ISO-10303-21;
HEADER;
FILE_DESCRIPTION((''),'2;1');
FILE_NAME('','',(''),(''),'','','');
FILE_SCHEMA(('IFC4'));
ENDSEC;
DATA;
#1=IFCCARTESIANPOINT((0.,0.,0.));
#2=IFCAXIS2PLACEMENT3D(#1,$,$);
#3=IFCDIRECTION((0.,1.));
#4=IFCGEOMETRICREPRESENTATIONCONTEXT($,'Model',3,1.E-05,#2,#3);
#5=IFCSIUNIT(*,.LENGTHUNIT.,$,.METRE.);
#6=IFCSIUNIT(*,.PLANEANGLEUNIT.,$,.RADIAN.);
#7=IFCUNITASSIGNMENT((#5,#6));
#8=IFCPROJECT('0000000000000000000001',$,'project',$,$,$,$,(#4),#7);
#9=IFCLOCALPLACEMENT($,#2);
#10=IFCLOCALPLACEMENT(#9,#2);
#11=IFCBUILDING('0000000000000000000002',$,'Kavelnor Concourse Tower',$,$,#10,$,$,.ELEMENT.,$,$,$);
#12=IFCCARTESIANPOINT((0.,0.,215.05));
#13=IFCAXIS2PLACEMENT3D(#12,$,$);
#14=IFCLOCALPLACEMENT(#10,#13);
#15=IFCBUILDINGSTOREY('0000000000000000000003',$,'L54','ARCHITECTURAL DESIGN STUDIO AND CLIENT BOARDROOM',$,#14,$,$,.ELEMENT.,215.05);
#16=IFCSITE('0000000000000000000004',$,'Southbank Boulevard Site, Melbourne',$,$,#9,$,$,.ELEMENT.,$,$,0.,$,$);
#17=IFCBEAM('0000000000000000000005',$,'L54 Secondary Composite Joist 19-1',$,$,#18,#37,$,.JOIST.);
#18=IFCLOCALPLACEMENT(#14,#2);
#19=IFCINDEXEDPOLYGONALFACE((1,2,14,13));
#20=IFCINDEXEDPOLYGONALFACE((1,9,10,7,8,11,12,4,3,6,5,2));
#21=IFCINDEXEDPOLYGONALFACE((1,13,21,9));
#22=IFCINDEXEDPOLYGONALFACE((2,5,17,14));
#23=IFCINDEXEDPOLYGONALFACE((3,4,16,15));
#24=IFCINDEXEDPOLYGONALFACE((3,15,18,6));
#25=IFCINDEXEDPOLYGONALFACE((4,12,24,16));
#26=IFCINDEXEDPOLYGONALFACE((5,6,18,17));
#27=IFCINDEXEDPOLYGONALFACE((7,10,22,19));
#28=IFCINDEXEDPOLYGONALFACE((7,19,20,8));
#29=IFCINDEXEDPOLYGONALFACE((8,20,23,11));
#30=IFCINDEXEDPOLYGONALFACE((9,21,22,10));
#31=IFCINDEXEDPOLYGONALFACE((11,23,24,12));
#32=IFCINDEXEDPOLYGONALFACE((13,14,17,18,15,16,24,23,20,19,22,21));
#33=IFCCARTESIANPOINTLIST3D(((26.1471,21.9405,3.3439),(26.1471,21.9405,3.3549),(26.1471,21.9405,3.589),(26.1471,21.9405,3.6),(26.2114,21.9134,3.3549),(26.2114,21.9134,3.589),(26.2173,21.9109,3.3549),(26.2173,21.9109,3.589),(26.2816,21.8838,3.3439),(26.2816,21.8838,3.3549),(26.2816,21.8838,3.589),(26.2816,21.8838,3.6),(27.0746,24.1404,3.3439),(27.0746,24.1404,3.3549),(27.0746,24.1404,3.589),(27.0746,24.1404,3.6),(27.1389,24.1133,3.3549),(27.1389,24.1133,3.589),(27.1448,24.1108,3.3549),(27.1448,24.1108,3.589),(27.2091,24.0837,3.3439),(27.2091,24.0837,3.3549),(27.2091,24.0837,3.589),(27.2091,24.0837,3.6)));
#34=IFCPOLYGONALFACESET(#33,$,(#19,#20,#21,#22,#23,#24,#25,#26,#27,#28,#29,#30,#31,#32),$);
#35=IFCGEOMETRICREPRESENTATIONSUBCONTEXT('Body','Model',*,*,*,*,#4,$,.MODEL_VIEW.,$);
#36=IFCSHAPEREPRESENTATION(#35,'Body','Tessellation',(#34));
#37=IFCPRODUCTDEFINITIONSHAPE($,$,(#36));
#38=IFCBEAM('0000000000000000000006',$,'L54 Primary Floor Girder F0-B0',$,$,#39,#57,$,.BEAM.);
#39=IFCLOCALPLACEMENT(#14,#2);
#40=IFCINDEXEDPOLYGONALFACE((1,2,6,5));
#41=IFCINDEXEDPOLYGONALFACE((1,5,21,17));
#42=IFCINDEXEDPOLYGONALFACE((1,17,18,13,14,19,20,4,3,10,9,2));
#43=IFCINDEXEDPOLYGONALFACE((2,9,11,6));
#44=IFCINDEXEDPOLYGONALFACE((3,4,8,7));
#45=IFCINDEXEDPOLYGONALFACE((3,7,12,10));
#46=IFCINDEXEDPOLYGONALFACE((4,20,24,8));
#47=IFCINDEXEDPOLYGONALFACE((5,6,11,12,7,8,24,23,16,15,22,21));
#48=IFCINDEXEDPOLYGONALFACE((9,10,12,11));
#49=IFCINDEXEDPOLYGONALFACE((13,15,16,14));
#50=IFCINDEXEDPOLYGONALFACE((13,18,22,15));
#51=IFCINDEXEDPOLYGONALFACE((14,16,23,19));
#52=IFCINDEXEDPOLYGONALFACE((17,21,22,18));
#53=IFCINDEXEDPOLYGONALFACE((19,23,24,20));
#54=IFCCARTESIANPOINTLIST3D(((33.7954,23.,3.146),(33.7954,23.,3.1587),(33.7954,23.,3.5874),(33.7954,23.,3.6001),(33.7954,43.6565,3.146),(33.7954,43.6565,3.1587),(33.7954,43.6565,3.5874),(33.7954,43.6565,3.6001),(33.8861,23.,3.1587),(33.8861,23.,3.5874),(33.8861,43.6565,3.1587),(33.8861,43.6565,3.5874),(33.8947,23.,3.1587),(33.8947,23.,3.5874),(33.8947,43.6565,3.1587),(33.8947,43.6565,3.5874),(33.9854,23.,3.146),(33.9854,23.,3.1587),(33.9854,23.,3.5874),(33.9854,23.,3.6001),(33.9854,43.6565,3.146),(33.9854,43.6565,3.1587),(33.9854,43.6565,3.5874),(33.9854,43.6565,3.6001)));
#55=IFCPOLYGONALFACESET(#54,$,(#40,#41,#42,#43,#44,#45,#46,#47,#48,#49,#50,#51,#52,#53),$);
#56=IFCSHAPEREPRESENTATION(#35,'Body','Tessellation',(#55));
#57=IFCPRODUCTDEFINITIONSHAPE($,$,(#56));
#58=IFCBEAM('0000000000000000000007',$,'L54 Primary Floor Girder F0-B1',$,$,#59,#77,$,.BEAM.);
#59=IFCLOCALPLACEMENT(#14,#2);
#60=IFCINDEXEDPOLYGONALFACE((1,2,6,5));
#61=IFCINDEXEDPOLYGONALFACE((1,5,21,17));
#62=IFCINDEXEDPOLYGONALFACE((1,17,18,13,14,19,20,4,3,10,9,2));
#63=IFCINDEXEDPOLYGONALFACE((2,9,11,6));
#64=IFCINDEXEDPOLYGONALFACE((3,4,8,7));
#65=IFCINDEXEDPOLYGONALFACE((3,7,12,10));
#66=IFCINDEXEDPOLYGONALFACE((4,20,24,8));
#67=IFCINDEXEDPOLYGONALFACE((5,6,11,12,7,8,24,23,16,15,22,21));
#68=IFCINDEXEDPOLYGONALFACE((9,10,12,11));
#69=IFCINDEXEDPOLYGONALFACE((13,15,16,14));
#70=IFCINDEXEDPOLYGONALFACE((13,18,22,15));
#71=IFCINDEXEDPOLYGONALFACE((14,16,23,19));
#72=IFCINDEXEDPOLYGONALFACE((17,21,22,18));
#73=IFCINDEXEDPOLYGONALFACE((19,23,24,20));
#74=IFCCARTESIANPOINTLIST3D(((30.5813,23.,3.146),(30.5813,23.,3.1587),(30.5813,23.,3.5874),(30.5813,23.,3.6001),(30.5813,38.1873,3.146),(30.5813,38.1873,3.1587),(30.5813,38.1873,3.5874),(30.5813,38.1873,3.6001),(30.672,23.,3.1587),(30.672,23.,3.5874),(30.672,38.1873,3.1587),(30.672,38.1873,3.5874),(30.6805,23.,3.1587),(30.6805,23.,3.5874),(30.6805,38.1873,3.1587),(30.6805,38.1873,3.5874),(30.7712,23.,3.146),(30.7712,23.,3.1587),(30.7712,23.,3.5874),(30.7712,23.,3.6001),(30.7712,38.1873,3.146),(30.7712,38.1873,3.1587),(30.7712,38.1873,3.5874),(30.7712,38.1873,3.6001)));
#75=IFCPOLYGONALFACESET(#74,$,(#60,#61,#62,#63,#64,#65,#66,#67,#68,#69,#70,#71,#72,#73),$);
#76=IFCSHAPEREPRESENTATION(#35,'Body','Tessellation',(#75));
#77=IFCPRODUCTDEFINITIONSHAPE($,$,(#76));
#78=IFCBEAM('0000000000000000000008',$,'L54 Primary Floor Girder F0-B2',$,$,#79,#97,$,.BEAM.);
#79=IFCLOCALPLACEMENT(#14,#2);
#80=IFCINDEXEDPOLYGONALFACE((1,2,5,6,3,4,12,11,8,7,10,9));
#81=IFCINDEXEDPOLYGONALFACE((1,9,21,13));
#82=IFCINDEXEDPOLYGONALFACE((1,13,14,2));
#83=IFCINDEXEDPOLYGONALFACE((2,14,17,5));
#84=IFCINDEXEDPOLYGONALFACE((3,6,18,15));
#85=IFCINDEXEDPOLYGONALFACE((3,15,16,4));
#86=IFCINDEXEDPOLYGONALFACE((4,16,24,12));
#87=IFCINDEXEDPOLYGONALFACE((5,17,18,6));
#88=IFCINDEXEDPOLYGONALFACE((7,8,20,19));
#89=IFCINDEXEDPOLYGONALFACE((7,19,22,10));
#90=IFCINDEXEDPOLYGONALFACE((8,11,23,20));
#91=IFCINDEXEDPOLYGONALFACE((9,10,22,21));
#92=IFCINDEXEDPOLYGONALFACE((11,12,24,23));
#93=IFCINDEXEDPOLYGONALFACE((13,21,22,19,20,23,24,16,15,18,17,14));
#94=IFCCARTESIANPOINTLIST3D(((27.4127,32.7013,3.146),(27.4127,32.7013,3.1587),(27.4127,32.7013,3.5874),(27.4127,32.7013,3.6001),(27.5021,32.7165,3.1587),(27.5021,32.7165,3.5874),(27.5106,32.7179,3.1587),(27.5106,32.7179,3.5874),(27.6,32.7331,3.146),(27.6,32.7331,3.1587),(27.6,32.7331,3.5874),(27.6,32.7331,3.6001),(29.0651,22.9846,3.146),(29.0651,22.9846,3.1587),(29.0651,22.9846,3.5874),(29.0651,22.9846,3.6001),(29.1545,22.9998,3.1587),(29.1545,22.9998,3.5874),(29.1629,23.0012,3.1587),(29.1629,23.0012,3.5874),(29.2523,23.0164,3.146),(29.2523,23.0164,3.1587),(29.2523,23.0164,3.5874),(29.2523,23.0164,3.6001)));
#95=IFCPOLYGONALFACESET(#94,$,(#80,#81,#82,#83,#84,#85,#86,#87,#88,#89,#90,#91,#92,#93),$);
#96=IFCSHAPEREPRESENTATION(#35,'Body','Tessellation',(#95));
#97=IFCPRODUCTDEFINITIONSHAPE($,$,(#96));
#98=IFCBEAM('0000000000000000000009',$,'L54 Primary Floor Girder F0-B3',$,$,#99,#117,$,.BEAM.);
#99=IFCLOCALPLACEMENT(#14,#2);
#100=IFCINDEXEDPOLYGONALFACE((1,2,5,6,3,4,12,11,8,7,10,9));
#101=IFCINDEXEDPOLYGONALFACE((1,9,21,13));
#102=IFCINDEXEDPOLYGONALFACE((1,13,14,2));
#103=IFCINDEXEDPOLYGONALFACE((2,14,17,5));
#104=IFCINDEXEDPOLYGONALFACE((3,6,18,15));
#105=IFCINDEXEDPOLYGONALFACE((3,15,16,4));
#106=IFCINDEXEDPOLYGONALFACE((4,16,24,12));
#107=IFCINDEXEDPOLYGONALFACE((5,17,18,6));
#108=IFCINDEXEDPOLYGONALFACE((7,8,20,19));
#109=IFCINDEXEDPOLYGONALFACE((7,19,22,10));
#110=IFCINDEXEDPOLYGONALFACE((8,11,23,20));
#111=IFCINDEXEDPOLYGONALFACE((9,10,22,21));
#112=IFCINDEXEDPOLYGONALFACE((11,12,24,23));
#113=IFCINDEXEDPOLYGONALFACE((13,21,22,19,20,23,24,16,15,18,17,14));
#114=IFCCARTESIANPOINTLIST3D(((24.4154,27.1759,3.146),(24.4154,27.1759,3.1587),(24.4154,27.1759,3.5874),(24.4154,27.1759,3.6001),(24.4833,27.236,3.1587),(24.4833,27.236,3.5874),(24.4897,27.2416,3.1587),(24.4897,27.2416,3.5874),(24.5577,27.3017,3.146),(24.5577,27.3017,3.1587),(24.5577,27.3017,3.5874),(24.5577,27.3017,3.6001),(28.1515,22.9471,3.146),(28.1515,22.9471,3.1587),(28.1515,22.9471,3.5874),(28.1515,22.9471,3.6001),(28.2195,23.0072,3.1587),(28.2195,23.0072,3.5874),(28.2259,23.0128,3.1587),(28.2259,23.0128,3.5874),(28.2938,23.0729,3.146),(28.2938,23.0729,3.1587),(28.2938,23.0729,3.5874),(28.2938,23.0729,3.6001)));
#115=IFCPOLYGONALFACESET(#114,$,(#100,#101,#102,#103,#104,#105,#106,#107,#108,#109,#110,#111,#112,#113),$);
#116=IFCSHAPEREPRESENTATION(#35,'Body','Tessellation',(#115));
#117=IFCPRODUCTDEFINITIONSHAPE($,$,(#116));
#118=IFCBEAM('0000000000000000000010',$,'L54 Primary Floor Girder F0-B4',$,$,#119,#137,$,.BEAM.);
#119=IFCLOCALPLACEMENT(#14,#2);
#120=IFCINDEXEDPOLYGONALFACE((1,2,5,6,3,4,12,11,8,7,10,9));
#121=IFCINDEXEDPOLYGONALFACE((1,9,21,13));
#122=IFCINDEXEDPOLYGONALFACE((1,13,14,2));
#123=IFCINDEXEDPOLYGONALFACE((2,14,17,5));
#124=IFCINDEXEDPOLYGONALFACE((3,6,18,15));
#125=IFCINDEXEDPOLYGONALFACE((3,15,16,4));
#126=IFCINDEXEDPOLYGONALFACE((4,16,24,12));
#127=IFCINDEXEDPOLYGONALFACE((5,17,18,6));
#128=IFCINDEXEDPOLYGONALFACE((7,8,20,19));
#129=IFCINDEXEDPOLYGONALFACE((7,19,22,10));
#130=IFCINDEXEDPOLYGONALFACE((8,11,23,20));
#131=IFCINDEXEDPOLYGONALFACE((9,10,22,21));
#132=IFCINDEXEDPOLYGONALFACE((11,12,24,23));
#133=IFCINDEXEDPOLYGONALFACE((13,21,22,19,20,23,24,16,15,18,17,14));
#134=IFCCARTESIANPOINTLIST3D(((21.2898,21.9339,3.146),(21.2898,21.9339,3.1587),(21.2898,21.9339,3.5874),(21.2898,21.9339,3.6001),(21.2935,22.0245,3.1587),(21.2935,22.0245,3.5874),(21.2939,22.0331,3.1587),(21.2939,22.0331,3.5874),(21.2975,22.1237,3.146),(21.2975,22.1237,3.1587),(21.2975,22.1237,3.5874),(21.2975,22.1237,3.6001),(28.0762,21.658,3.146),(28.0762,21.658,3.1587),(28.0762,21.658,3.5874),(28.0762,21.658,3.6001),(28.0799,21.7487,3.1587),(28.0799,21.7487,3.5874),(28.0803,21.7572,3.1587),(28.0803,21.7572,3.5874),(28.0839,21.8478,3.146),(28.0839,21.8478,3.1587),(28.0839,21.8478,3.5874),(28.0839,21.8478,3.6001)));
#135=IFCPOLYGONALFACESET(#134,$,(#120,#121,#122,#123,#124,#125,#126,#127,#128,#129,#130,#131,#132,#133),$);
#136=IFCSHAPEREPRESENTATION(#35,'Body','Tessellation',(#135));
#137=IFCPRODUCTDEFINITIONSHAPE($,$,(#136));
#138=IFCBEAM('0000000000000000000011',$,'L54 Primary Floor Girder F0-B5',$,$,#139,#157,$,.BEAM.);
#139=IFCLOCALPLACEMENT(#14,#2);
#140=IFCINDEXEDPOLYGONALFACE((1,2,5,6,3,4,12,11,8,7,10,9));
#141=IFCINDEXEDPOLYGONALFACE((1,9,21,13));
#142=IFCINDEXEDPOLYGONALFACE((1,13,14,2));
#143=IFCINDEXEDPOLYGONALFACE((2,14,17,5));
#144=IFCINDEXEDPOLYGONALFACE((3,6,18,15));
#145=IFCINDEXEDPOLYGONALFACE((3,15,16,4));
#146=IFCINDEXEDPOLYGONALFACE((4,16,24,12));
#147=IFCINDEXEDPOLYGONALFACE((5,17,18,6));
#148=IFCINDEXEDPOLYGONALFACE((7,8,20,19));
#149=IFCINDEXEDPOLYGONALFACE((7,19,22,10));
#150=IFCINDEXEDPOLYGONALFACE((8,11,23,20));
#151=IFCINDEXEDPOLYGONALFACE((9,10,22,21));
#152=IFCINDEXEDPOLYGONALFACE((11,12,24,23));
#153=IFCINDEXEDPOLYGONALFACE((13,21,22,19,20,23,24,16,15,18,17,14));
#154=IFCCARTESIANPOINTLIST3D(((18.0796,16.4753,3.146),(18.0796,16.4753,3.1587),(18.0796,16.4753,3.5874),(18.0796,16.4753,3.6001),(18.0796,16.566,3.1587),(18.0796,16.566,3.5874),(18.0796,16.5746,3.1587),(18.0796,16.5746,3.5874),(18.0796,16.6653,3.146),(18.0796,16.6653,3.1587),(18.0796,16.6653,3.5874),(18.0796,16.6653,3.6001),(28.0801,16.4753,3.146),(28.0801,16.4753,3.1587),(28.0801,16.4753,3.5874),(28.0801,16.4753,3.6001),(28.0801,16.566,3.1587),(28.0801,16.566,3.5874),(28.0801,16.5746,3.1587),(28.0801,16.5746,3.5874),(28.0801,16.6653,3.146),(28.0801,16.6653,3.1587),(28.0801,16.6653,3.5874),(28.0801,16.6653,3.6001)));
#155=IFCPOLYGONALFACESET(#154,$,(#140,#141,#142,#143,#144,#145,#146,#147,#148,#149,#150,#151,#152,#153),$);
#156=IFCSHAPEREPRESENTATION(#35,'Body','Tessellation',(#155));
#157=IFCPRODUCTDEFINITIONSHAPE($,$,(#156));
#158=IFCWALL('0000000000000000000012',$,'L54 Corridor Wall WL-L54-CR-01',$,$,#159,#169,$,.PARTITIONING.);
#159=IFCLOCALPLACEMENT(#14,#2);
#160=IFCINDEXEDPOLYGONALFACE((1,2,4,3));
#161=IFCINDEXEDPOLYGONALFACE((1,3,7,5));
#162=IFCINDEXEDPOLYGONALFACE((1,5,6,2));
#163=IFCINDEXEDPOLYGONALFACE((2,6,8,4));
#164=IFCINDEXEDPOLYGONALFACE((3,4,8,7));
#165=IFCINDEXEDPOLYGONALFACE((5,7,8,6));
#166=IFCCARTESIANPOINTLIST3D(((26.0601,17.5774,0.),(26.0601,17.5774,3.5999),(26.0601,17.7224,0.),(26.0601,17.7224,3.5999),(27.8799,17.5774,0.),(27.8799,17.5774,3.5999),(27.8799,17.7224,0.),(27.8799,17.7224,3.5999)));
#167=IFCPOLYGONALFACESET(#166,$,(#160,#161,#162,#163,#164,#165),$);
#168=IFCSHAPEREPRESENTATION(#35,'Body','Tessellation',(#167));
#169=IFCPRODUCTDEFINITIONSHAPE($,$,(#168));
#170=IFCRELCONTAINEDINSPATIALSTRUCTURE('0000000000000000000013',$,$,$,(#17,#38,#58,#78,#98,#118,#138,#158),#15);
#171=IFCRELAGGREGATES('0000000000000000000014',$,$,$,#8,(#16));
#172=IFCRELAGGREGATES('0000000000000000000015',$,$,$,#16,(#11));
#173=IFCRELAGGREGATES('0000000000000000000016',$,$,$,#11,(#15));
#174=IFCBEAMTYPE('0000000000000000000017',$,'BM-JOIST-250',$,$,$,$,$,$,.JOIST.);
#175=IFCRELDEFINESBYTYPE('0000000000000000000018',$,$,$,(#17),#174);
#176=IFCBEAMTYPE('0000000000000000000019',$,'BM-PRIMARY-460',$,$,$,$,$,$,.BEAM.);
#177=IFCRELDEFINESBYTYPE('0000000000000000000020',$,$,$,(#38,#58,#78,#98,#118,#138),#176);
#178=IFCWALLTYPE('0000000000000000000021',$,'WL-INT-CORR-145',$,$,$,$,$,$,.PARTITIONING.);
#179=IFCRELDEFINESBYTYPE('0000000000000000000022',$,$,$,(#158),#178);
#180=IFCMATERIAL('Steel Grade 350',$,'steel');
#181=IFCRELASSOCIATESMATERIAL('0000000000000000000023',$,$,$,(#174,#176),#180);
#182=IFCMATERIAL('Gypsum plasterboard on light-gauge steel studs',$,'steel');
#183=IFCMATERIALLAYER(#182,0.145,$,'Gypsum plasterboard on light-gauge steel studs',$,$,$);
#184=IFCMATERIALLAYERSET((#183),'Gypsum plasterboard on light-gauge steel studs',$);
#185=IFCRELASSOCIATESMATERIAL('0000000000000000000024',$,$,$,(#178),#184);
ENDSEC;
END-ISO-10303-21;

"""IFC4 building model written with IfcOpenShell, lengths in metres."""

from ifc_helpers import new_model, si_unit, direction, frame, frame_2d, origin, origin_2d, place, context, subcontext, project, spatial, rectangle, i_section, extrude, material, layer, layer_set, material_profile, profile_set, type_object, element, save


model = new_model("IFC4")

# Units and contexts
model_context = context("Model", 3, precision=1e-05, world=origin(), true_north=direction((0.0, 1.0)))
body_context = subcontext(model_context, "Body", "Model", "MODEL_VIEW")
ifc_project = project(units=[si_unit("LENGTHUNIT", "METRE"), si_unit("PLANEANGLEUNIT", "RADIAN")], contexts=[model_context])

# Site, building, storey
site_placement = place(None, origin())
site = spatial("IfcSite", under=ifc_project, at=site_placement, Name="Southbank Boulevard Site, Melbourne", CompositionType="ELEMENT", RefElevation=0.0)
building_placement = place(site_placement, origin())
building = spatial("IfcBuilding", under=site, at=building_placement, Name="Kavelnor Concourse Tower", CompositionType="ELEMENT")
storey_placement = place(building_placement, frame((0.0, 0.0, 215.05)))
storey = spatial("IfcBuildingStorey", under=building, at=storey_placement, Name="L54", Description="ARCHITECTURAL DESIGN STUDIO AND CLIENT BOARDROOM", CompositionType="ELEMENT", Elevation=215.05)

# Beams
ifc_material_1 = material(Name="Steel Grade 350", Category="steel")
ifc_material_profile_1 = material_profile(ifc_material_1, i_section(OverallWidth=0.146, OverallDepth=0.2561, WebThickness=0.0063, FlangeThickness=0.011, at=origin_2d()), Name="250UB37")
ifc_profile_set_1 = profile_set([ifc_material_profile_1], Name="Steel Grade 350")
beam_type_1 = type_object("IfcBeamType", Name="BM-JOIST-250", PredefinedType="JOIST", material=ifc_profile_set_1)
beam_1_placement = place(storey_placement, frame((27.1418, 24.1121, 3.4719), z_axis=(-0.388482, -0.921456, 0.0), x_axis=(0.921456, -0.388482, 0.0)))
element("IfcBeam", 1, at=beam_1_placement, inside=storey, type_object=beam_type_1, Name="L54 Secondary Composite Joist 19-1", PredefinedType="JOIST", context=body_context, shape_type="SweptSolid", body=[
    extrude(i_section(OverallWidth=0.146, OverallDepth=0.2561, WebThickness=0.0063, FlangeThickness=0.011, at=origin_2d()), origin(), (0.0, 0.0, 1.0), 2.3875),
])
ifc_material_profile_2 = material_profile(ifc_material_1, i_section(OverallWidth=0.1899, OverallDepth=0.4541, WebThickness=0.0085, FlangeThickness=0.0127, at=origin_2d()), Name="460UB67")
ifc_profile_set_2 = profile_set([ifc_material_profile_2], Name="Steel Grade 350")
beam_type_2 = type_object("IfcBeamType", Name="BM-PRIMARY-460", PredefinedType="BEAM", material=ifc_profile_set_2)
beam_2_placement = place(storey_placement, frame((33.8904, 23.0, 3.373), z_axis=(0.0, 1.0, 0.0), x_axis=(-1.0, 0.0, 0.0)))
element("IfcBeam", 2, at=beam_2_placement, inside=storey, type_object=beam_type_2, Name="L54 Primary Floor Girder F0-B0", PredefinedType="BEAM", context=body_context, shape_type="SweptSolid", body=[
    extrude(i_section(OverallWidth=0.1899, OverallDepth=0.4541, WebThickness=0.0085, FlangeThickness=0.0127, at=origin_2d()), origin(), (0.0, 0.0, 1.0), 20.6565),
])
beam_3_placement = place(storey_placement, frame((30.6763, 23.0, 3.373), z_axis=(0.0, 1.0, 0.0), x_axis=(-1.0, 0.0, 0.0)))
element("IfcBeam", 3, at=beam_3_placement, inside=storey, type_object=beam_type_2, Name="L54 Primary Floor Girder F0-B1", PredefinedType="BEAM", context=body_context, shape_type="SweptSolid", body=[
    extrude(i_section(OverallWidth=0.1899, OverallDepth=0.4541, WebThickness=0.0085, FlangeThickness=0.0127, at=origin_2d()), origin(), (0.0, 0.0, 1.0), 15.1873),
])
beam_4_placement = place(storey_placement, frame((29.1587, 23.0005, 3.373), z_axis=(-0.167644, 0.985848, 0.0), x_axis=(-0.985848, -0.167644, 0.0)))
element("IfcBeam", 4, at=beam_4_placement, inside=storey, type_object=beam_type_2, Name="L54 Primary Floor Girder F0-B2", PredefinedType="BEAM", context=body_context, shape_type="SweptSolid", body=[
    extrude(i_section(OverallWidth=0.1899, OverallDepth=0.4541, WebThickness=0.0085, FlangeThickness=0.0127, at=origin_2d()), origin(), (0.0, 0.0, 1.0), 9.8562),
])
beam_5_placement = place(storey_placement, frame((28.2227, 23.01, 3.373), z_axis=(-0.662102, 0.749413, 0.0), x_axis=(-0.749413, -0.662102, 0.0)))
element("IfcBeam", 5, at=beam_5_placement, inside=storey, type_object=beam_type_2, Name="L54 Primary Floor Girder F0-B3", PredefinedType="BEAM", context=body_context, shape_type="SweptSolid", body=[
    extrude(i_section(OverallWidth=0.1899, OverallDepth=0.4541, WebThickness=0.0085, FlangeThickness=0.0127, at=origin_2d()), origin(), (0.0, 0.0, 1.0), 5.6428),
])
beam_6_placement = place(storey_placement, frame((28.0801, 21.7529, 3.373), z_axis=(-0.999175, 0.040618, 0.0), x_axis=(-0.040618, -0.999175, 0.0)))
element("IfcBeam", 6, at=beam_6_placement, inside=storey, type_object=beam_type_2, Name="L54 Primary Floor Girder F0-B4", PredefinedType="BEAM", context=body_context, shape_type="SweptSolid", body=[
    extrude(i_section(OverallWidth=0.1899, OverallDepth=0.4541, WebThickness=0.0085, FlangeThickness=0.0127, at=origin_2d()), origin(), (0.0, 0.0, 1.0), 6.792),
])
beam_7_placement = place(storey_placement, frame((28.0801, 16.5703, 3.373), z_axis=(-1.0, 0.0, 0.0), x_axis=(0.0, -1.0, 0.0)))
element("IfcBeam", 7, at=beam_7_placement, inside=storey, type_object=beam_type_2, Name="L54 Primary Floor Girder F0-B5", PredefinedType="BEAM", context=body_context, shape_type="SweptSolid", body=[
    extrude(i_section(OverallWidth=0.1899, OverallDepth=0.4541, WebThickness=0.0085, FlangeThickness=0.0127, at=origin_2d()), origin(), (0.0, 0.0, 1.0), 10.0005),
])

# Wall
ifc_material_2 = material(Name="Gypsum plasterboard on light-gauge steel studs", Category="steel")
ifc_layer_1 = layer(ifc_material_2, 0.145, Name="Gypsum plasterboard on light-gauge steel studs")
ifc_layer_set_1 = layer_set([ifc_layer_1], Name="Gypsum plasterboard on light-gauge steel studs")
wall_type_1 = type_object("IfcWallType", Name="WL-INT-CORR-145", PredefinedType="PARTITIONING", material=ifc_layer_set_1)
wall_1_placement = place(storey_placement, frame((27.8799, 17.6499, 0.0), z_axis=(0.0, 0.0, 1.0), x_axis=(-1.0, 0.0, 0.0)))
element("IfcWall", 8, at=wall_1_placement, inside=storey, type_object=wall_type_1, Name="L54 Corridor Wall WL-L54-CR-01", PredefinedType="PARTITIONING", context=body_context, shape_type="SweptSolid", body=[
    extrude(rectangle(XDim=1.8198, YDim=0.145, at=frame_2d((0.9099, 0.0))), origin(), (0.0, 0.0, 1.0), 3.5999),
])

save(model, "model.ifc")
